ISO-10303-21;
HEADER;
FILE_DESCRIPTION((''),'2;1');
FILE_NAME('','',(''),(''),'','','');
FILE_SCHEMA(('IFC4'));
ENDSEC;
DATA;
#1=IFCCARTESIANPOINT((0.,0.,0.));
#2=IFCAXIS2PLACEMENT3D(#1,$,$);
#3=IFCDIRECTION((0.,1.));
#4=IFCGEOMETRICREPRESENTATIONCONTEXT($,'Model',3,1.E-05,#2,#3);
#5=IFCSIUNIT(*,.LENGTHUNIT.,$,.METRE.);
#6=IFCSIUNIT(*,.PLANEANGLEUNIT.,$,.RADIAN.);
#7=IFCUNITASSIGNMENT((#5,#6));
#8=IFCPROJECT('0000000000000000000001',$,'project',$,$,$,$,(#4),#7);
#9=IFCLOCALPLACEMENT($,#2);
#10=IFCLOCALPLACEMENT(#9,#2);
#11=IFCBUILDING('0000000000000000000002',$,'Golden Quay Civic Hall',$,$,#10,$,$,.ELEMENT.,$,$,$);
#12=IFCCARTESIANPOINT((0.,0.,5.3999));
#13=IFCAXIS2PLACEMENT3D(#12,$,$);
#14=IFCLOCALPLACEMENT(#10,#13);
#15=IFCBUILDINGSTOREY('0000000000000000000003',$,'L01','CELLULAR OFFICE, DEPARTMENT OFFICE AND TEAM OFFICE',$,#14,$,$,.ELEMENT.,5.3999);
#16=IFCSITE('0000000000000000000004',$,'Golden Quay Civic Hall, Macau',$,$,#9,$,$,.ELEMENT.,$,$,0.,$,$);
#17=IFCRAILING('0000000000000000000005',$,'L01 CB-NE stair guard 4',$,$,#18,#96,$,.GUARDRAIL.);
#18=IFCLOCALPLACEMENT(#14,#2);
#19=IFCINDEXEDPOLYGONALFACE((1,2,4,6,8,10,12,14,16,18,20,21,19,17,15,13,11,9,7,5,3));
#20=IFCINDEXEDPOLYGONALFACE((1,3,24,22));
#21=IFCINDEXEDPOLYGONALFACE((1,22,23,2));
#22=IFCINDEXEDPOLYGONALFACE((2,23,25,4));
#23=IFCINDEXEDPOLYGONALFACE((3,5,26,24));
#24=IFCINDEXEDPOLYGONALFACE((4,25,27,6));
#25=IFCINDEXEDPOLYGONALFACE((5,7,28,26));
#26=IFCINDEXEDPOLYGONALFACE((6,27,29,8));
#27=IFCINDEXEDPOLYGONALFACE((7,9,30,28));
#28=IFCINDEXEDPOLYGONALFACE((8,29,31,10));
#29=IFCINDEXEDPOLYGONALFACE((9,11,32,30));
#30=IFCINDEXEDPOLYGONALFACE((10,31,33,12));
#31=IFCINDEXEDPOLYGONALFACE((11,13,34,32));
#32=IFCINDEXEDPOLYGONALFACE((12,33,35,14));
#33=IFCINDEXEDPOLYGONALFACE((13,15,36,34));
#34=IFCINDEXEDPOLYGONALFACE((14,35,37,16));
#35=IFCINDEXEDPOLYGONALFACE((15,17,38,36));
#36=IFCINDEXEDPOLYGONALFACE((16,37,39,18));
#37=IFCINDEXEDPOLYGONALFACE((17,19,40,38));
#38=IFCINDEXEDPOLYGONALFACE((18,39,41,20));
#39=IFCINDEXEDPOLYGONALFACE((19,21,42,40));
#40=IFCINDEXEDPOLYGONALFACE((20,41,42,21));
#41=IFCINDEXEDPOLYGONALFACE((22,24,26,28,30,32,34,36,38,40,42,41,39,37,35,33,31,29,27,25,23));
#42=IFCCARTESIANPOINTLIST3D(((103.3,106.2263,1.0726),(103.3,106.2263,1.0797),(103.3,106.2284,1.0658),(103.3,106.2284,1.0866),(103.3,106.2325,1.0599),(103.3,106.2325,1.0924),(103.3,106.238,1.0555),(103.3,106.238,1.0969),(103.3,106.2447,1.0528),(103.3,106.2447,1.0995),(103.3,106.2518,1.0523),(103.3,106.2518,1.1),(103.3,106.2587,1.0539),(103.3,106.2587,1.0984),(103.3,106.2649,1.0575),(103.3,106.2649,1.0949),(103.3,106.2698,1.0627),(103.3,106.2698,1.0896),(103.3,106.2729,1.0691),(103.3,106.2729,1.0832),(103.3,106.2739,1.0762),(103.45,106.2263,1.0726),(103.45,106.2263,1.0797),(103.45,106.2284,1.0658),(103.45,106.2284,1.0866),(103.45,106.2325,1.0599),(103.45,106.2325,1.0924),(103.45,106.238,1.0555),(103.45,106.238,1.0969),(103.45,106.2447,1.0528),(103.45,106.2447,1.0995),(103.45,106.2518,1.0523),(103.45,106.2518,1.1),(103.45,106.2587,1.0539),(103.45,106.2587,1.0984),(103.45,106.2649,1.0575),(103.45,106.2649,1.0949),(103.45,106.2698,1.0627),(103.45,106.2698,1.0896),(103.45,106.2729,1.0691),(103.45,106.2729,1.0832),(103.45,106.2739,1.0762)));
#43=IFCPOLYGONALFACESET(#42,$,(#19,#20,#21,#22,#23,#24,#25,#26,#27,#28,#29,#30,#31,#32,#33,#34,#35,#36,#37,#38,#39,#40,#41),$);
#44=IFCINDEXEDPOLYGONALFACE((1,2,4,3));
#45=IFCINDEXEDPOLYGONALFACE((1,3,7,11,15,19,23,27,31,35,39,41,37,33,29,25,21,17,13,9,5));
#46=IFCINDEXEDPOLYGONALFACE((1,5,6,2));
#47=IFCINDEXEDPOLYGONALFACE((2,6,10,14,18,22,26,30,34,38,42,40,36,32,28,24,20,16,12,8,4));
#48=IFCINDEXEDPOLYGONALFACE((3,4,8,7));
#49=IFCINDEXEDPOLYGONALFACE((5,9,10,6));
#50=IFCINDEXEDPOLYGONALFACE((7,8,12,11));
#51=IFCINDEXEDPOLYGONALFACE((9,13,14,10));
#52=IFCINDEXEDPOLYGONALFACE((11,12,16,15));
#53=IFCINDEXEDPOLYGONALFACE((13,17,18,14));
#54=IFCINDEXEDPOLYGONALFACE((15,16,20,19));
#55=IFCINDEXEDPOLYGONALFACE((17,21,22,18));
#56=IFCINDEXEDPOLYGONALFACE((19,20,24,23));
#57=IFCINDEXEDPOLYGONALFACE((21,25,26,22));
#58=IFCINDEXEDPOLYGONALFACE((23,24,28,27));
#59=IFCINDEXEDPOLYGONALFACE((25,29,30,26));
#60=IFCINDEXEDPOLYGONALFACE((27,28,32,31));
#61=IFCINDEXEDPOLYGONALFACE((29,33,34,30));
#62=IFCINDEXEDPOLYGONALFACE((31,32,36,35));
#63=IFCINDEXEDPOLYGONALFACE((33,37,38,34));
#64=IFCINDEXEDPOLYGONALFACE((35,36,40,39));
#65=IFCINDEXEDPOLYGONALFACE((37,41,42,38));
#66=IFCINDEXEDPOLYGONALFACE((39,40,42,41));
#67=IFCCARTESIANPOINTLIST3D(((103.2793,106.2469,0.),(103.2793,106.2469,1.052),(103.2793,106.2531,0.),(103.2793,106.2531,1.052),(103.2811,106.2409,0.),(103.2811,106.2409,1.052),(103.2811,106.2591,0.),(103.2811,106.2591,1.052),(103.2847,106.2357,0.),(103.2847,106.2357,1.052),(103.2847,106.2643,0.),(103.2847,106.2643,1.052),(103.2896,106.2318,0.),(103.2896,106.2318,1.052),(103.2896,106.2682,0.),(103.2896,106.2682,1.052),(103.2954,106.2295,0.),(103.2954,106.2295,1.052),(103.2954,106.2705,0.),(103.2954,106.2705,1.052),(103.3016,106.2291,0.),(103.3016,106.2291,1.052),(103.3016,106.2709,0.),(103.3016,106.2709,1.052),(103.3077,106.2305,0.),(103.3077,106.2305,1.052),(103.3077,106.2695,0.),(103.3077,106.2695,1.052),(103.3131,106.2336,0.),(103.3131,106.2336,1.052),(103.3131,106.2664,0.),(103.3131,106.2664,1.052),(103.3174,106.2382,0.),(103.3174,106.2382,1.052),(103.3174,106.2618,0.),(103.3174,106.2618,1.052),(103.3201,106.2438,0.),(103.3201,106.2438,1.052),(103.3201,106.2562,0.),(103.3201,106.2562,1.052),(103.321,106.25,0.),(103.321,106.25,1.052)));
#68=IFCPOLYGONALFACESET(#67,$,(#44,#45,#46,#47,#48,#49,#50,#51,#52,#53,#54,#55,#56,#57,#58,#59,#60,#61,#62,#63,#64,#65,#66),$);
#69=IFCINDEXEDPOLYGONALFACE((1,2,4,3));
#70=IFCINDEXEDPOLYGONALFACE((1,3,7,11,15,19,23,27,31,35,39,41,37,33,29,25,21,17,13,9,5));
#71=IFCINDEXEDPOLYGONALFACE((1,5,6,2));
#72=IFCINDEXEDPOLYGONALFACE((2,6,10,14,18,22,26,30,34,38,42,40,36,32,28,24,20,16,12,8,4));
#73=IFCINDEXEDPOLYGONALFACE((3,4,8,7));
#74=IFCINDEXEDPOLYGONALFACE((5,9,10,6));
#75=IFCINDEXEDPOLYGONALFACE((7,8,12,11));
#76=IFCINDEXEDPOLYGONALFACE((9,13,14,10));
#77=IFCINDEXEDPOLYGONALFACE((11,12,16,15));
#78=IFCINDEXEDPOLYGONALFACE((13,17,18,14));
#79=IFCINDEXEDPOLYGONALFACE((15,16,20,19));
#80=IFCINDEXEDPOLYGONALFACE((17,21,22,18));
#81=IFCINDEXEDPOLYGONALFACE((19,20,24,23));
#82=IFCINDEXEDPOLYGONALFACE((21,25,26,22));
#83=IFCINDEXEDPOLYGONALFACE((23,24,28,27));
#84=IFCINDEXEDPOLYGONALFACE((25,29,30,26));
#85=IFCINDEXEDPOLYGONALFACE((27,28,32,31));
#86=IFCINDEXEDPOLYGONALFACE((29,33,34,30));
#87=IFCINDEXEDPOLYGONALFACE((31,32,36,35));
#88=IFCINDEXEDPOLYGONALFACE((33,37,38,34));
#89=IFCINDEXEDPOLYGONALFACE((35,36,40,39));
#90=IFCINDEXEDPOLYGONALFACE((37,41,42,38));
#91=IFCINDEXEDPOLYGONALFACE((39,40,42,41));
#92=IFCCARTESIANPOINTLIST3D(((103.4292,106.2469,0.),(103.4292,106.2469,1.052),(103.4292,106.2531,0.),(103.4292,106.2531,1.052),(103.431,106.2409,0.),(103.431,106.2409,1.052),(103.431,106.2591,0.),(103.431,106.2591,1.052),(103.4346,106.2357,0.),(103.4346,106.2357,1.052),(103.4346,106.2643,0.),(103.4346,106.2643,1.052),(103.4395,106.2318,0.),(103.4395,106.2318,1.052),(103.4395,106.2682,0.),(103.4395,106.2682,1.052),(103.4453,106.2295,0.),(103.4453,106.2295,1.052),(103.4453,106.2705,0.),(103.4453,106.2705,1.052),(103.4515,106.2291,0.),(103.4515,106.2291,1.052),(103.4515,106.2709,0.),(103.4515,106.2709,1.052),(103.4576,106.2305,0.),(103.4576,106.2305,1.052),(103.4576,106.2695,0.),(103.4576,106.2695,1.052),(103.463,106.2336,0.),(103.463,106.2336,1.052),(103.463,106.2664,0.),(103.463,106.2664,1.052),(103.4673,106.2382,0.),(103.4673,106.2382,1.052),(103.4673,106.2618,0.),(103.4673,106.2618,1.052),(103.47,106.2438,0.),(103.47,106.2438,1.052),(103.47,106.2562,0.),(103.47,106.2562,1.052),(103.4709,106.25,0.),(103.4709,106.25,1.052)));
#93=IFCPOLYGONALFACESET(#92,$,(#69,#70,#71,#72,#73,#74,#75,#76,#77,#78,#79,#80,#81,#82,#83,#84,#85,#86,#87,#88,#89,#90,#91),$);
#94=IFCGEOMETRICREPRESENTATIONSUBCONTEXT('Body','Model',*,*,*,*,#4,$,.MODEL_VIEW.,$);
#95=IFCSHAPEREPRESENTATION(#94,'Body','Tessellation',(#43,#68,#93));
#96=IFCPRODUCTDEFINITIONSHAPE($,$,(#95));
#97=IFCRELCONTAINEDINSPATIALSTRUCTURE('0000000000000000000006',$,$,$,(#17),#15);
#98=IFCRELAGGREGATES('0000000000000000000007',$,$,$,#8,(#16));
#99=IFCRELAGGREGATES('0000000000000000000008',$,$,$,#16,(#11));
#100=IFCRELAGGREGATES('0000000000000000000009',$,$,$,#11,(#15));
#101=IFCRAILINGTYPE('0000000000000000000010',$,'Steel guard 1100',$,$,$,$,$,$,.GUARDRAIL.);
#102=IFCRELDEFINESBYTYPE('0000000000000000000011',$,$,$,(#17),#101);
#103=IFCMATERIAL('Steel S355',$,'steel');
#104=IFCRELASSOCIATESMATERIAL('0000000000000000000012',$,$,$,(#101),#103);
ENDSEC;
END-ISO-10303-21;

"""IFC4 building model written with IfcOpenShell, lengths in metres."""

from ifc_helpers import new_model, si_unit, direction, frame, origin, origin_2d, place, context, subcontext, project, spatial, circle, extrude, material, type_object, element, save


model = new_model("IFC4")

# Units and contexts
model_context = context("Model", 3, precision=1e-05, world=origin(), true_north=direction((0.0, 1.0)))
body_context = subcontext(model_context, "Body", "Model", "MODEL_VIEW")
ifc_project = project(units=[si_unit("LENGTHUNIT", "METRE"), si_unit("PLANEANGLEUNIT", "RADIAN")], contexts=[model_context])

# Site, building, storey
site_placement = place(None, origin())
site = spatial("IfcSite", under=ifc_project, at=site_placement, Name="Golden Quay Civic Hall, Macau", CompositionType="ELEMENT", RefElevation=0.0)
building_placement = place(site_placement, origin())
building = spatial("IfcBuilding", under=site, at=building_placement, Name="Golden Quay Civic Hall", CompositionType="ELEMENT")
storey_placement = place(building_placement, frame((0.0, 0.0, 5.3999)))
storey = spatial("IfcBuildingStorey", under=building, at=storey_placement, Name="L01", Description="CELLULAR OFFICE, DEPARTMENT OFFICE AND TEAM OFFICE", CompositionType="ELEMENT", Elevation=5.3999)

# Railing
ifc_material_1 = material(Name="Steel S355", Category="steel")
railing_type = type_object("IfcRailingType", Name="Steel guard 1100", PredefinedType="GUARDRAIL", material=ifc_material_1)
railing_1_placement = place(storey_placement, frame((103.3, 106.25, 0.0)))
element("IfcRailing", 1, at=railing_1_placement, inside=storey, type_object=railing_type, Name="L01 CB-NE stair guard 4", PredefinedType="GUARDRAIL", context=body_context, shape_type="SweptSolid", body=[
    extrude(circle(Radius=0.0239, at=origin_2d()), frame((0.0, 0.0, 1.0762), z_axis=(1.0, 0.0, 0.0), x_axis=(0.0, 1.0, 0.0)), (0.0, 0.0, 1.0), 0.1499),
    extrude(circle(Radius=0.021, at=origin_2d()), origin(), (0.0, 0.0, 1.0), 1.052),
    extrude(circle(Radius=0.021, at=origin_2d()), frame((0.1499, 0.0, 0.0)), (0.0, 0.0, 1.0), 1.052),
])

save(model, "model.ifc")
